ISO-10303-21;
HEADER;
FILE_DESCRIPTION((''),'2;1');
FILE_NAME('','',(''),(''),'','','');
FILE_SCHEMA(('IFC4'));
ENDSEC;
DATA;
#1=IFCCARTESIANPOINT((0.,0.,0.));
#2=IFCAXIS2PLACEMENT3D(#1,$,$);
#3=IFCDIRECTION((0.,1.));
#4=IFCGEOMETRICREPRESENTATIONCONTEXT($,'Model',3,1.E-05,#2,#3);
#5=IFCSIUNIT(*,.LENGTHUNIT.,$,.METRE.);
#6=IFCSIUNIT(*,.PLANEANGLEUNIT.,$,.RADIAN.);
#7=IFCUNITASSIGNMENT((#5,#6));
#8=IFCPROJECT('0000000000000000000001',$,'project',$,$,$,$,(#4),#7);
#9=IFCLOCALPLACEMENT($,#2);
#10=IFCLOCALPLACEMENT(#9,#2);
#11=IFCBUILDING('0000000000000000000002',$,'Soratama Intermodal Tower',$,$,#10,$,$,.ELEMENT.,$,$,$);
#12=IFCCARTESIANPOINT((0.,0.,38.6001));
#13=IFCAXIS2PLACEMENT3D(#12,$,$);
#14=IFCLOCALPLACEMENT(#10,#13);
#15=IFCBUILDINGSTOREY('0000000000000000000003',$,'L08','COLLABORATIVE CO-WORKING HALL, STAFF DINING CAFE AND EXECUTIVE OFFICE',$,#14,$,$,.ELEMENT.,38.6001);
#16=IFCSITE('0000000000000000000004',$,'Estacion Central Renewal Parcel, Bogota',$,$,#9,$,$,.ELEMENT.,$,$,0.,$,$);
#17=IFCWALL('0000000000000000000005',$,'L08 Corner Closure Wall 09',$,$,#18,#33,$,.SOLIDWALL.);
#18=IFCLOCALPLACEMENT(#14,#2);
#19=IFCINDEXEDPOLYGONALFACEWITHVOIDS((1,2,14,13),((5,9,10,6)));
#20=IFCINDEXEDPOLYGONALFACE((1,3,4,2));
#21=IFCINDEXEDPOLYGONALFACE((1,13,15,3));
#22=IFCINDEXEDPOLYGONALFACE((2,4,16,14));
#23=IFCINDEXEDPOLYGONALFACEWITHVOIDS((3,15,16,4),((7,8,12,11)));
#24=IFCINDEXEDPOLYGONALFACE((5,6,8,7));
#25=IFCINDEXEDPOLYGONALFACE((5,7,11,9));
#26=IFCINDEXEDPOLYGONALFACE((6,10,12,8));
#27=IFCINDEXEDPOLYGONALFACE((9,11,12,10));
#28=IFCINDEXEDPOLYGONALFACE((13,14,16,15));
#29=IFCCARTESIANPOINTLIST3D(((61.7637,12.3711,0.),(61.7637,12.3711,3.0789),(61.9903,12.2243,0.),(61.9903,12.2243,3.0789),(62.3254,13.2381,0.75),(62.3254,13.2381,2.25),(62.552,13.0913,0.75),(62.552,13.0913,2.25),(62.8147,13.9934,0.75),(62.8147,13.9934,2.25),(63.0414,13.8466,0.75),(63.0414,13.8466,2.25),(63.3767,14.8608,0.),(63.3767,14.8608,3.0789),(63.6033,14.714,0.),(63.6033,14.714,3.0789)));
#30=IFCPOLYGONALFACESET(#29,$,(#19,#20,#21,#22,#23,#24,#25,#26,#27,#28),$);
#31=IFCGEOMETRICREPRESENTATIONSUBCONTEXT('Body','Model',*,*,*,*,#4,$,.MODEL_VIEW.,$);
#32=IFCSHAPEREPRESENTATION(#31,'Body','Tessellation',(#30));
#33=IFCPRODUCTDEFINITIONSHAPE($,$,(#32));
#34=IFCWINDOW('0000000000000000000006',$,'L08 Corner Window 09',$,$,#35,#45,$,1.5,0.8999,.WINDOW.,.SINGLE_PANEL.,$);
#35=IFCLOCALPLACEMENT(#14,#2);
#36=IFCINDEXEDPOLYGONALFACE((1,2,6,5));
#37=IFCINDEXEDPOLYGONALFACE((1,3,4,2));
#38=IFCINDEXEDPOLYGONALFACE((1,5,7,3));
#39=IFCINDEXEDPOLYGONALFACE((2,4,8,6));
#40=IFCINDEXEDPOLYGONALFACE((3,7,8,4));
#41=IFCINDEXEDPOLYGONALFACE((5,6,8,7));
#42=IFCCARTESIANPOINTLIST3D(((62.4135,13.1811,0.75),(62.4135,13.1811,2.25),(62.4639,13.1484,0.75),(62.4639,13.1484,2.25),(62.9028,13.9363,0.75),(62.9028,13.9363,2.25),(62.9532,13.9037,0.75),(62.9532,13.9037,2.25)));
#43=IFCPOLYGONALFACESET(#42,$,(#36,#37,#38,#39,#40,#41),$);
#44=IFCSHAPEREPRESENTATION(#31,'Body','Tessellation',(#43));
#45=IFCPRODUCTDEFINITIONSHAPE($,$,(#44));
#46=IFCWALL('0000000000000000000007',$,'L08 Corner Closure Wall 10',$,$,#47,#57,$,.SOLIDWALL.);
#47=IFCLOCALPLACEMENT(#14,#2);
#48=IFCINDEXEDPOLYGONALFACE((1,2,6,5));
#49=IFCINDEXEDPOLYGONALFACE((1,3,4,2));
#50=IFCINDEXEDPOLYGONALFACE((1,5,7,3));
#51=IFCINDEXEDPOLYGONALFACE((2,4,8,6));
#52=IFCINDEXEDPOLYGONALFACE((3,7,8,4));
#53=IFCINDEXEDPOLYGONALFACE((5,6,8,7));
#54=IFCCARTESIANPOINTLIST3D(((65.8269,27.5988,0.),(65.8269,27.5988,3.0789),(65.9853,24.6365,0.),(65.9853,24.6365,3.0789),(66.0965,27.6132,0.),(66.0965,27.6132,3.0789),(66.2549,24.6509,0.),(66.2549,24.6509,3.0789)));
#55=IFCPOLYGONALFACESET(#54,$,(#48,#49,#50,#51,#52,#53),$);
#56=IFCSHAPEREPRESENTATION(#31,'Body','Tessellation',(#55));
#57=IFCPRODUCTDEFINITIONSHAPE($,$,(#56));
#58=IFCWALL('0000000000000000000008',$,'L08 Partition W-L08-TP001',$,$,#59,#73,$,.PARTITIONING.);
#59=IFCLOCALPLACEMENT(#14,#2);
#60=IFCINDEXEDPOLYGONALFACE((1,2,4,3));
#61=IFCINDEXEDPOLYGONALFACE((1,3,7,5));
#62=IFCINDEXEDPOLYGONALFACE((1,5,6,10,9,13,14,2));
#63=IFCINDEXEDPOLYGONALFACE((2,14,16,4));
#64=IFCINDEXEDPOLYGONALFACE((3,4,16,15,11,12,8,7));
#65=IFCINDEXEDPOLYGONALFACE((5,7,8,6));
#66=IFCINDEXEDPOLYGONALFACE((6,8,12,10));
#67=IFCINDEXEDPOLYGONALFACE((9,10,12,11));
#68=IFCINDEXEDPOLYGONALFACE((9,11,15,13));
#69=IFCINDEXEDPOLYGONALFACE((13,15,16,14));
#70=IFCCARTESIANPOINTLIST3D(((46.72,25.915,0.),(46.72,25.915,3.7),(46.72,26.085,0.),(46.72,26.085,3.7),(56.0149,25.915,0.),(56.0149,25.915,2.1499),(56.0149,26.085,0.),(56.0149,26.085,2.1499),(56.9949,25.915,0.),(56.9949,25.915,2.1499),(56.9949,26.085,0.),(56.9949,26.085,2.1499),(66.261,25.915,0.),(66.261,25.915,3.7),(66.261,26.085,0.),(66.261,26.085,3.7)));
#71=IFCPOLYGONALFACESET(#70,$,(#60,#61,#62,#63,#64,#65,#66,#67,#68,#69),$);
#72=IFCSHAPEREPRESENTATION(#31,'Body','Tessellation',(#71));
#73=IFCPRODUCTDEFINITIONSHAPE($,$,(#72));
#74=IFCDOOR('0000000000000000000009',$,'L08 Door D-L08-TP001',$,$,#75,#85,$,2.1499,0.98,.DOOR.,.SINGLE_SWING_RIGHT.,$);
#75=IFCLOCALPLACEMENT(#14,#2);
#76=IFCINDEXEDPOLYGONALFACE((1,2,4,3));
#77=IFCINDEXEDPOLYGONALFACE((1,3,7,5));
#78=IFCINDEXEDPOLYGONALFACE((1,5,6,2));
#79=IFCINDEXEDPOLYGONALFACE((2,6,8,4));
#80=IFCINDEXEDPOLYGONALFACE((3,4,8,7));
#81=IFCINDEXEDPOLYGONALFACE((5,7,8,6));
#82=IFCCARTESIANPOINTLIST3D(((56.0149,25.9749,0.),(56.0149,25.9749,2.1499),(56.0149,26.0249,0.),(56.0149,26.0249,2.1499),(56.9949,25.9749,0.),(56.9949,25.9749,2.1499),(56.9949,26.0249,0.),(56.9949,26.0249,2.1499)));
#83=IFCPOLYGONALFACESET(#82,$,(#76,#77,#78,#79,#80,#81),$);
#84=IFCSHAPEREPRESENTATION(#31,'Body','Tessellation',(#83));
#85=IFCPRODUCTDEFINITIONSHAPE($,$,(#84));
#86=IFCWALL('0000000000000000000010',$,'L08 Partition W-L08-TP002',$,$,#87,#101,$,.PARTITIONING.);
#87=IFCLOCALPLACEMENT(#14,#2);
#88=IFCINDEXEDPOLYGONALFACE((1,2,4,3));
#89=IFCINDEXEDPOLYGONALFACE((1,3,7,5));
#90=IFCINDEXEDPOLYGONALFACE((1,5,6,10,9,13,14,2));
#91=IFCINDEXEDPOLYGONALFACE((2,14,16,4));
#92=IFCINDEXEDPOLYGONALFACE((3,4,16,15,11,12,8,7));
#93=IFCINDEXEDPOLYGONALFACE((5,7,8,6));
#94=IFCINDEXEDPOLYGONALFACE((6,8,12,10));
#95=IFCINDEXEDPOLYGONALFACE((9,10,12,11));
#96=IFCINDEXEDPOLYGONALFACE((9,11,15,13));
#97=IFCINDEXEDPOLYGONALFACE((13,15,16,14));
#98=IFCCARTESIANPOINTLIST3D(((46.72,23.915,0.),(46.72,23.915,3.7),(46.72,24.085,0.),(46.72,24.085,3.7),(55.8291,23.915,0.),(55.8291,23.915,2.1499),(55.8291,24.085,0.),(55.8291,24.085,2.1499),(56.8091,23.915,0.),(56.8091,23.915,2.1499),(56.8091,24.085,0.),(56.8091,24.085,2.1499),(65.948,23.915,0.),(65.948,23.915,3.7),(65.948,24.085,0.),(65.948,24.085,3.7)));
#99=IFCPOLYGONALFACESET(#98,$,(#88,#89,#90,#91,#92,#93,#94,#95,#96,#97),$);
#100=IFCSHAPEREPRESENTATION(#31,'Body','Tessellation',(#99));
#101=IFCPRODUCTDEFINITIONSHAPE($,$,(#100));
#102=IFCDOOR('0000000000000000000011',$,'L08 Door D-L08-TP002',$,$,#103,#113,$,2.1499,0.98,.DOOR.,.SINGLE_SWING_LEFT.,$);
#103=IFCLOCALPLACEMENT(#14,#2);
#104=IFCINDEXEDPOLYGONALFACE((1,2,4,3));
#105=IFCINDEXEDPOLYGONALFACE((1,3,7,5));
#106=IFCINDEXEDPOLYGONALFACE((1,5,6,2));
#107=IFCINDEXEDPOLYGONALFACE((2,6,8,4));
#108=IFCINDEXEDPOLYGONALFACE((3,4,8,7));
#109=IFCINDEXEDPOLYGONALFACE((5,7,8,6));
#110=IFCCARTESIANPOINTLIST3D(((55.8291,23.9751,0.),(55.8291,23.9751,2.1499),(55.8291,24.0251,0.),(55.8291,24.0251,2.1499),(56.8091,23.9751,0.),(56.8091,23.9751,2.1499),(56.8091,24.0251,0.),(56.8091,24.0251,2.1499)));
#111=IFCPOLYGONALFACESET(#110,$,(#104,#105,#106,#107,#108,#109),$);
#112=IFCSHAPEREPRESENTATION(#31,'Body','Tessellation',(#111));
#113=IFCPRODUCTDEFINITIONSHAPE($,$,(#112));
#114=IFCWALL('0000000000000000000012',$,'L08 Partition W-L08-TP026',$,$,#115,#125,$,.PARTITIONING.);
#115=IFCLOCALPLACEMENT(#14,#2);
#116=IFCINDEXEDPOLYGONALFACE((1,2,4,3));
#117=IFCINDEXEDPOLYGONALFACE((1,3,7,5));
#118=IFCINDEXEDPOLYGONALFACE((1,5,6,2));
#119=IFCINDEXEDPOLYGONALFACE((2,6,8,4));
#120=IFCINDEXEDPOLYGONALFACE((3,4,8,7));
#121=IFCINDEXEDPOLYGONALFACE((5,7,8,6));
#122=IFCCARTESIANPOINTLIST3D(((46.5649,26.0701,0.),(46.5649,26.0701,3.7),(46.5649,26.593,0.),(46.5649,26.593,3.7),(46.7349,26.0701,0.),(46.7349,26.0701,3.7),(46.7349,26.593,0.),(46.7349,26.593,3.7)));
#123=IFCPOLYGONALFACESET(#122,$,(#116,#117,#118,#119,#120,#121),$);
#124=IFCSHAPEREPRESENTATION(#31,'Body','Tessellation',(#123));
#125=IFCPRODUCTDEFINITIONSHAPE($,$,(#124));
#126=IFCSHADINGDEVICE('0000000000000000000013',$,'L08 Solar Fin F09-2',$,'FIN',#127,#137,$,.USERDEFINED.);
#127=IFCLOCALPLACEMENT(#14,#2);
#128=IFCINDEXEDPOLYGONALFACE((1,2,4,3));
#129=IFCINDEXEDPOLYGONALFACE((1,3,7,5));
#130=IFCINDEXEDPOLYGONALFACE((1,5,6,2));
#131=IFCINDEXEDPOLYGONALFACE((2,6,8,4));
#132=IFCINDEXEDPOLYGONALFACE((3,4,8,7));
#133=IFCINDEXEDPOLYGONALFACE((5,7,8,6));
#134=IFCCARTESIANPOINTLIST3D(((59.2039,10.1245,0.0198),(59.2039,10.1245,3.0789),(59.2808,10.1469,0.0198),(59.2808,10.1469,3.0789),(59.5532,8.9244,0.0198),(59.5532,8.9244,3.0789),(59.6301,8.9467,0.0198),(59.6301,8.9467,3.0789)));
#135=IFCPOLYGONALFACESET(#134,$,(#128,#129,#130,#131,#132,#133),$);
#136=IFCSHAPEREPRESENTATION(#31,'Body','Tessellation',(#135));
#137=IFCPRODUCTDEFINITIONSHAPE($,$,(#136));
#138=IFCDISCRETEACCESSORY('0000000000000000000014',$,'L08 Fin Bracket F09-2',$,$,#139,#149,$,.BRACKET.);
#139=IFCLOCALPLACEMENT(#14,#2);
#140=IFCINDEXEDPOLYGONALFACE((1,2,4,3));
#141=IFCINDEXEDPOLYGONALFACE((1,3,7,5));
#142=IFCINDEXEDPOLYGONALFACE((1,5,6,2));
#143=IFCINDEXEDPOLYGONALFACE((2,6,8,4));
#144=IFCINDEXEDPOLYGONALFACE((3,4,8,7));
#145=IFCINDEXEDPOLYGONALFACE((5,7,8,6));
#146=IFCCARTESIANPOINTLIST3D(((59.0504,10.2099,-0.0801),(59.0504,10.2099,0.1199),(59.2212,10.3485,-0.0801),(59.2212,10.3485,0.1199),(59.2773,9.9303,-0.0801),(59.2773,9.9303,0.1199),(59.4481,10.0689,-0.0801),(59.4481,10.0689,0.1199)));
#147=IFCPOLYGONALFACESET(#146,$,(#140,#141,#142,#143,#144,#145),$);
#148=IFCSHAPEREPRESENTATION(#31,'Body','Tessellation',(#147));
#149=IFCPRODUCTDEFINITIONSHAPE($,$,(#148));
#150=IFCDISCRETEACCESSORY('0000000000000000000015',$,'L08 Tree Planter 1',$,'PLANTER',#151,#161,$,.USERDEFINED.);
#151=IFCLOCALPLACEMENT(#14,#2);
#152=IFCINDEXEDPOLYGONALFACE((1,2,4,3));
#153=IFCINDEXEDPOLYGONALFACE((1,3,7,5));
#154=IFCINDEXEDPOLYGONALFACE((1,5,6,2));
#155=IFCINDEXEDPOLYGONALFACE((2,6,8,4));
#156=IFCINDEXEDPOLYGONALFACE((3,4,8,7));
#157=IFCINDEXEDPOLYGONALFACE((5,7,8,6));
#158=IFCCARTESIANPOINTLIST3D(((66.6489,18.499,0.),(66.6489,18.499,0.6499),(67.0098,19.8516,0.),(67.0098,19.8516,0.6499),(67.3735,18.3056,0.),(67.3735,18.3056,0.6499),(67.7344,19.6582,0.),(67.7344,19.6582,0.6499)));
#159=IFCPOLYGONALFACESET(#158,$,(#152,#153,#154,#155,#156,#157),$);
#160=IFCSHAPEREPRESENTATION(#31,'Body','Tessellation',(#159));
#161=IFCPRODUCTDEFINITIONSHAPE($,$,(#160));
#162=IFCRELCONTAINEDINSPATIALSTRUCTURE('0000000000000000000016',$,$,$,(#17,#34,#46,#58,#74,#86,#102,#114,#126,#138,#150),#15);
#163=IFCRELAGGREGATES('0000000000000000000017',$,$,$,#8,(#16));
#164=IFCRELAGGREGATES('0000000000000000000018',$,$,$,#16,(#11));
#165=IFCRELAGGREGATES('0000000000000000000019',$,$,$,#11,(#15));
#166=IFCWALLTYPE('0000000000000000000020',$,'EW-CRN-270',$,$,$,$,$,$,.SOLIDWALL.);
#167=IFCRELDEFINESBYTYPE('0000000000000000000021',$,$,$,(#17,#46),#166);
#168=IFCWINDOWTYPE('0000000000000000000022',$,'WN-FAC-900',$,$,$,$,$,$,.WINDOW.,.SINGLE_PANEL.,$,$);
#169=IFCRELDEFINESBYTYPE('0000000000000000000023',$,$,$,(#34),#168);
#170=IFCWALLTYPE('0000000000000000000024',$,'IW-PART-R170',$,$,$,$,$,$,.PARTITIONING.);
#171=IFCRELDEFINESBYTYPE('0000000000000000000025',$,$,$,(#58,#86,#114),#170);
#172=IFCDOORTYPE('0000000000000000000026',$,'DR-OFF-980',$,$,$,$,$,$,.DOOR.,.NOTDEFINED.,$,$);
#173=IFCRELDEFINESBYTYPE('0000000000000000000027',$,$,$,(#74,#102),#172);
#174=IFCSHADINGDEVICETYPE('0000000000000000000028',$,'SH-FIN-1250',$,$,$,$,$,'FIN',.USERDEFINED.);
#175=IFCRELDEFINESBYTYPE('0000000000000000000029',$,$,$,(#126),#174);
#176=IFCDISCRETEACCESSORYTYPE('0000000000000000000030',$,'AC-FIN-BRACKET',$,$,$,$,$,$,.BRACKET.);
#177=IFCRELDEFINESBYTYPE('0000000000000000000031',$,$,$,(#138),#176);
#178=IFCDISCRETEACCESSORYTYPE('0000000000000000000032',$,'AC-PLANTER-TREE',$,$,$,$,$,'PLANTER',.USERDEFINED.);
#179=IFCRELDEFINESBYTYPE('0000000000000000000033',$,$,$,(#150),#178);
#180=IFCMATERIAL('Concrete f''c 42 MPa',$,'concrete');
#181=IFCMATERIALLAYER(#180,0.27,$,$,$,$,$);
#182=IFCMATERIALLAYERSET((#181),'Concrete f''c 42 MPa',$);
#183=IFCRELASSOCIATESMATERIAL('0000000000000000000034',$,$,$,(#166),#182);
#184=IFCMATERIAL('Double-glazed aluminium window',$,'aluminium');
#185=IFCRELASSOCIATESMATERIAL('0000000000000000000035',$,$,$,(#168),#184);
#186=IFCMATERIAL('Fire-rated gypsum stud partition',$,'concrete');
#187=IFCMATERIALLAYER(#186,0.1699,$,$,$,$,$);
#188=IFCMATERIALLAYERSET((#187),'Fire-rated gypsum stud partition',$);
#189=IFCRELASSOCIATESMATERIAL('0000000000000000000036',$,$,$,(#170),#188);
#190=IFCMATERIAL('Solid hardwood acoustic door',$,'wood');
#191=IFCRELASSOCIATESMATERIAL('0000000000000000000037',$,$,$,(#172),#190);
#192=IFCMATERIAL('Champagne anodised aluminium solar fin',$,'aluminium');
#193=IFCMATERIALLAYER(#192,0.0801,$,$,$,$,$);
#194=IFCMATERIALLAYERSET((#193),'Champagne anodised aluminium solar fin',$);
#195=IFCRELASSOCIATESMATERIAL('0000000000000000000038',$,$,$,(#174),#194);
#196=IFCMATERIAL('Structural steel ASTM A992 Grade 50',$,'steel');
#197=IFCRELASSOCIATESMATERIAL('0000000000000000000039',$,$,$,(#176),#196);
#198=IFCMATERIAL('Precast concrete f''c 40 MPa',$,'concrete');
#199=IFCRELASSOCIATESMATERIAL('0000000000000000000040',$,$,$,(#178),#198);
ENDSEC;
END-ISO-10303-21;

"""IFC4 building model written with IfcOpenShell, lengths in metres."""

from ifc_helpers import new_model, si_unit, direction, frame, frame_2d, origin, origin_2d, place, context, subcontext, project, spatial, rectangle, extrude, material, layer, layer_set, type_object, element, fill, save


model = new_model("IFC4")

# Units and contexts
model_context = context("Model", 3, precision=1e-05, world=origin(), true_north=direction((0.0, 1.0)))
body_context = subcontext(model_context, "Body", "Model", "MODEL_VIEW")
ifc_project = project(units=[si_unit("LENGTHUNIT", "METRE"), si_unit("PLANEANGLEUNIT", "RADIAN")], contexts=[model_context])

# Site, building, storey
site_placement = place(None, origin())
site = spatial("IfcSite", under=ifc_project, at=site_placement, Name="Estacion Central Renewal Parcel, Bogota", CompositionType="ELEMENT", RefElevation=0.0)
building_placement = place(site_placement, origin())
building = spatial("IfcBuilding", under=site, at=building_placement, Name="Soratama Intermodal Tower", CompositionType="ELEMENT")
storey_placement = place(building_placement, frame((0.0, 0.0, 38.6001)))
storey = spatial("IfcBuildingStorey", under=building, at=storey_placement, Name="L08", Description="COLLABORATIVE CO-WORKING HALL, STAFF DINING CAFE AND EXECUTIVE OFFICE", CompositionType="ELEMENT", Elevation=38.6001)

# Wall, opening, window
ifc_material_1 = material(Name="Concrete f'c 42 MPa", Category="concrete")
ifc_layer_1 = layer(ifc_material_1, 0.27)
ifc_layer_set_1 = layer_set([ifc_layer_1], Name="Concrete f'c 42 MPa")
wall_type_1 = type_object("IfcWallType", Name="EW-CRN-270", PredefinedType="SOLIDWALL", material=ifc_layer_set_1)
wall_1_placement = place(storey_placement, frame((61.877, 12.2976, 0.0), z_axis=(0.0, 0.0, 1.0), x_axis=(0.543732, 0.839259, 0.0)))
wall_1 = element("IfcWall", 1, at=wall_1_placement, inside=storey, type_object=wall_type_1, Name="L08 Corner Closure Wall 09", PredefinedType="SOLIDWALL", context=body_context, shape_type="SweptSolid", body=[
    extrude(rectangle(XDim=2.9666, YDim=0.27, at=frame_2d((1.4834, 0.0))), origin(), (0.0, 0.0, 1.0), 3.0789),
])
opening_1_placement = place(wall_1_placement, frame((1.0332, 0.0, 0.75)))
opening_1 = element("IfcOpeningElement", 2, at=opening_1_placement, cuts=wall_1, PredefinedType="OPENING", context=body_context, shape_type="SweptSolid", body=[
    extrude(rectangle(XDim=0.8999, YDim=1.5, at=frame_2d((0.45, 0.75))), frame((0.0, 0.145, 0.0), z_axis=(0.0, -1.0, 0.0), x_axis=(1.0, 0.0, 0.0)), (0.0, 0.0, 1.0), 0.29),
])
ifc_material_2 = material(Name="Double-glazed aluminium window", Category="aluminium")
window_type_1 = type_object("IfcWindowType", Name="WN-FAC-900", PartitioningType="SINGLE_PANEL", PredefinedType="WINDOW", material=ifc_material_2)
window_1_placement = place(opening_1_placement, origin())
window_1 = element("IfcWindow", 3, at=window_1_placement, inside=storey, type_object=window_type_1, Name="L08 Corner Window 09", OverallHeight=1.5, OverallWidth=0.8999, PartitioningType="SINGLE_PANEL", PredefinedType="WINDOW", context=body_context, shape_type="SweptSolid", body=[
    extrude(rectangle(XDim=0.8999, YDim=1.5, at=frame_2d((0.45, 0.75))), frame((0.0, 0.03, 0.0), z_axis=(0.0, -1.0, 0.0), x_axis=(1.0, 0.0, 0.0)), (0.0, 0.0, 1.0), 0.0601),
])
fill(opening_1, window_1)

# Wall
wall_2_placement = place(storey_placement, frame((66.1201, 24.6436, 0.0), z_axis=(0.0, 0.0, 1.0), x_axis=(-0.05341, 0.998573, 0.0)))
element("IfcWall", 4, at=wall_2_placement, inside=storey, type_object=wall_type_1, Name="L08 Corner Closure Wall 10", PredefinedType="SOLIDWALL", context=body_context, shape_type="SweptSolid", body=[
    extrude(rectangle(XDim=2.9666, YDim=0.27, at=frame_2d((1.4834, 0.0))), origin(), (0.0, 0.0, 1.0), 3.0789),
])

# Walls, openings, doors
ifc_material_3 = material(Name="Fire-rated gypsum stud partition", Category="concrete")
ifc_layer_2 = layer(ifc_material_3, 0.1699)
ifc_layer_set_2 = layer_set([ifc_layer_2], Name="Fire-rated gypsum stud partition")
wall_type_2 = type_object("IfcWallType", Name="IW-PART-R170", PredefinedType="PARTITIONING", material=ifc_layer_set_2)
wall_3_placement = place(storey_placement, frame((46.72, 26.0, 0.0), z_axis=(0.0, 0.0, 1.0), x_axis=(1.0, 0.0, 0.0)))
wall_3 = element("IfcWall", 5, at=wall_3_placement, inside=storey, type_object=wall_type_2, Name="L08 Partition W-L08-TP001", PredefinedType="PARTITIONING", context=body_context, shape_type="SweptSolid", body=[
    extrude(rectangle(XDim=19.541, YDim=0.1699, at=frame_2d((9.7705, 0.0))), origin(), (0.0, 0.0, 1.0), 3.7),
])
opening_2_placement = place(wall_3_placement, frame((9.2949, 0.0, 0.0)))
opening_2 = element("IfcOpeningElement", 6, at=opening_2_placement, cuts=wall_3, PredefinedType="OPENING", context=body_context, shape_type="SweptSolid", body=[
    extrude(rectangle(XDim=0.98, YDim=2.1499, at=frame_2d((0.49, 1.075))), frame((0.0, 0.095, 0.0), z_axis=(0.0, -1.0, 0.0), x_axis=(1.0, 0.0, 0.0)), (0.0, 0.0, 1.0), 0.1899),
])
ifc_material_4 = material(Name="Solid hardwood acoustic door", Category="wood")
door_type_1 = type_object("IfcDoorType", Name="DR-OFF-980", OperationType="NOTDEFINED", PredefinedType="DOOR", material=ifc_material_4)
door_1_placement = place(opening_2_placement, origin())
door_1 = element("IfcDoor", 7, at=door_1_placement, inside=storey, type_object=door_type_1, Name="L08 Door D-L08-TP001", OperationType="SINGLE_SWING_RIGHT", OverallHeight=2.1499, OverallWidth=0.98, PredefinedType="DOOR", context=body_context, shape_type="SweptSolid", body=[
    extrude(rectangle(XDim=0.98, YDim=2.1499, at=frame_2d((0.49, 1.075))), frame((0.0, 0.0249, 0.0), z_axis=(0.0, -1.0, 0.0), x_axis=(1.0, 0.0, 0.0)), (0.0, 0.0, 1.0), 0.05),
])
fill(opening_2, door_1)
wall_4_placement = place(storey_placement, frame((65.948, 24.0, 0.0), z_axis=(0.0, 0.0, 1.0), x_axis=(-1.0, 0.0, 0.0)))
wall_4 = element("IfcWall", 8, at=wall_4_placement, inside=storey, type_object=wall_type_2, Name="L08 Partition W-L08-TP002", PredefinedType="PARTITIONING", context=body_context, shape_type="SweptSolid", body=[
    extrude(rectangle(XDim=19.228, YDim=0.1699, at=frame_2d((9.614, 0.0))), origin(), (0.0, 0.0, 1.0), 3.7),
])
opening_3_placement = place(wall_4_placement, frame((9.1389, 0.0, 0.0)))
opening_3 = element("IfcOpeningElement", 9, at=opening_3_placement, cuts=wall_4, PredefinedType="OPENING", context=body_context, shape_type="SweptSolid", body=[
    extrude(rectangle(XDim=0.98, YDim=2.1499, at=frame_2d((0.49, 1.075))), frame((0.0, 0.095, 0.0), z_axis=(0.0, -1.0, 0.0), x_axis=(1.0, 0.0, 0.0)), (0.0, 0.0, 1.0), 0.1899),
])
door_2_placement = place(opening_3_placement, origin())
door_2 = element("IfcDoor", 10, at=door_2_placement, inside=storey, type_object=door_type_1, Name="L08 Door D-L08-TP002", OperationType="SINGLE_SWING_LEFT", OverallHeight=2.1499, OverallWidth=0.98, PredefinedType="DOOR", context=body_context, shape_type="SweptSolid", body=[
    extrude(rectangle(XDim=0.98, YDim=2.1499, at=frame_2d((0.49, 1.075))), frame((0.0, 0.0249, 0.0), z_axis=(0.0, -1.0, 0.0), x_axis=(1.0, 0.0, 0.0)), (0.0, 0.0, 1.0), 0.05),
])
fill(opening_3, door_2)

# Wall
wall_5_placement = place(storey_placement, frame((46.6499, 26.593, 0.0), z_axis=(0.0, 0.0, 1.0), x_axis=(0.0, -1.0, 0.0)))
element("IfcWall", 11, at=wall_5_placement, inside=storey, type_object=wall_type_2, Name="L08 Partition W-L08-TP026", PredefinedType="PARTITIONING", context=body_context, shape_type="SweptSolid", body=[
    extrude(rectangle(XDim=0.5229, YDim=0.1699, at=frame_2d((0.2615, 0.0))), origin(), (0.0, 0.0, 1.0), 3.7),
])

# Shading device
ifc_material_5 = material(Name="Champagne anodised aluminium solar fin", Category="aluminium")
ifc_layer_3 = layer(ifc_material_5, 0.0801)
ifc_layer_set_3 = layer_set([ifc_layer_3], Name="Champagne anodised aluminium solar fin")
shading_device_type = type_object("IfcShadingDeviceType", Name="SH-FIN-1250", ElementType="FIN", PredefinedType="USERDEFINED", material=ifc_layer_set_3)
shading_device_placement = place(storey_placement, frame((59.417, 9.5356, 0.0198), z_axis=(0.0, 0.0, 1.0), x_axis=(0.279494, -0.960147, 0.0)))
element("IfcShadingDevice", 12, at=shading_device_placement, inside=storey, type_object=shading_device_type, Name="L08 Solar Fin F09-2", ObjectType="FIN", PredefinedType="USERDEFINED", context=body_context, shape_type="SweptSolid", body=[
    extrude(rectangle(XDim=1.25, YDim=0.0801, at=origin_2d()), origin(), (0.0, 0.0, 1.0), 3.0591),
])

# Discrete accessories
ifc_material_6 = material(Name="Structural steel ASTM A992 Grade 50", Category="steel")
discrete_accessory_type_1 = type_object("IfcDiscreteAccessoryType", Name="AC-FIN-BRACKET", PredefinedType="BRACKET", material=ifc_material_6)
discrete_accessory_1_placement = place(storey_placement, frame((59.2493, 10.1394, -0.0801), z_axis=(0.0, 0.0, 1.0), x_axis=(0.630134, -0.776487, 0.0)))
element("IfcDiscreteAccessory", 13, at=discrete_accessory_1_placement, inside=storey, type_object=discrete_accessory_type_1, Name="L08 Fin Bracket F09-2", PredefinedType="BRACKET", context=body_context, shape_type="SweptSolid", body=[
    extrude(rectangle(XDim=0.3601, YDim=0.22, at=origin_2d()), origin(), (0.0, 0.0, 1.0), 0.2),
])
ifc_material_7 = material(Name="Precast concrete f'c 40 MPa", Category="concrete")
discrete_accessory_type_2 = type_object("IfcDiscreteAccessoryType", Name="AC-PLANTER-TREE", ElementType="PLANTER", PredefinedType="USERDEFINED", material=ifc_material_7)
discrete_accessory_2_placement = place(storey_placement, frame((67.1917, 19.0786, 0.0), z_axis=(0.0, 0.0, 1.0), x_axis=(0.966196, -0.257807, 0.0)))
element("IfcDiscreteAccessory", 14, at=discrete_accessory_2_placement, inside=storey, type_object=discrete_accessory_type_2, Name="L08 Tree Planter 1", ObjectType="PLANTER", PredefinedType="USERDEFINED", context=body_context, shape_type="SweptSolid", body=[
    extrude(rectangle(XDim=0.75, YDim=1.3999, at=origin_2d()), origin(), (0.0, 0.0, 1.0), 0.6499),
])

save(model, "model.ifc")
